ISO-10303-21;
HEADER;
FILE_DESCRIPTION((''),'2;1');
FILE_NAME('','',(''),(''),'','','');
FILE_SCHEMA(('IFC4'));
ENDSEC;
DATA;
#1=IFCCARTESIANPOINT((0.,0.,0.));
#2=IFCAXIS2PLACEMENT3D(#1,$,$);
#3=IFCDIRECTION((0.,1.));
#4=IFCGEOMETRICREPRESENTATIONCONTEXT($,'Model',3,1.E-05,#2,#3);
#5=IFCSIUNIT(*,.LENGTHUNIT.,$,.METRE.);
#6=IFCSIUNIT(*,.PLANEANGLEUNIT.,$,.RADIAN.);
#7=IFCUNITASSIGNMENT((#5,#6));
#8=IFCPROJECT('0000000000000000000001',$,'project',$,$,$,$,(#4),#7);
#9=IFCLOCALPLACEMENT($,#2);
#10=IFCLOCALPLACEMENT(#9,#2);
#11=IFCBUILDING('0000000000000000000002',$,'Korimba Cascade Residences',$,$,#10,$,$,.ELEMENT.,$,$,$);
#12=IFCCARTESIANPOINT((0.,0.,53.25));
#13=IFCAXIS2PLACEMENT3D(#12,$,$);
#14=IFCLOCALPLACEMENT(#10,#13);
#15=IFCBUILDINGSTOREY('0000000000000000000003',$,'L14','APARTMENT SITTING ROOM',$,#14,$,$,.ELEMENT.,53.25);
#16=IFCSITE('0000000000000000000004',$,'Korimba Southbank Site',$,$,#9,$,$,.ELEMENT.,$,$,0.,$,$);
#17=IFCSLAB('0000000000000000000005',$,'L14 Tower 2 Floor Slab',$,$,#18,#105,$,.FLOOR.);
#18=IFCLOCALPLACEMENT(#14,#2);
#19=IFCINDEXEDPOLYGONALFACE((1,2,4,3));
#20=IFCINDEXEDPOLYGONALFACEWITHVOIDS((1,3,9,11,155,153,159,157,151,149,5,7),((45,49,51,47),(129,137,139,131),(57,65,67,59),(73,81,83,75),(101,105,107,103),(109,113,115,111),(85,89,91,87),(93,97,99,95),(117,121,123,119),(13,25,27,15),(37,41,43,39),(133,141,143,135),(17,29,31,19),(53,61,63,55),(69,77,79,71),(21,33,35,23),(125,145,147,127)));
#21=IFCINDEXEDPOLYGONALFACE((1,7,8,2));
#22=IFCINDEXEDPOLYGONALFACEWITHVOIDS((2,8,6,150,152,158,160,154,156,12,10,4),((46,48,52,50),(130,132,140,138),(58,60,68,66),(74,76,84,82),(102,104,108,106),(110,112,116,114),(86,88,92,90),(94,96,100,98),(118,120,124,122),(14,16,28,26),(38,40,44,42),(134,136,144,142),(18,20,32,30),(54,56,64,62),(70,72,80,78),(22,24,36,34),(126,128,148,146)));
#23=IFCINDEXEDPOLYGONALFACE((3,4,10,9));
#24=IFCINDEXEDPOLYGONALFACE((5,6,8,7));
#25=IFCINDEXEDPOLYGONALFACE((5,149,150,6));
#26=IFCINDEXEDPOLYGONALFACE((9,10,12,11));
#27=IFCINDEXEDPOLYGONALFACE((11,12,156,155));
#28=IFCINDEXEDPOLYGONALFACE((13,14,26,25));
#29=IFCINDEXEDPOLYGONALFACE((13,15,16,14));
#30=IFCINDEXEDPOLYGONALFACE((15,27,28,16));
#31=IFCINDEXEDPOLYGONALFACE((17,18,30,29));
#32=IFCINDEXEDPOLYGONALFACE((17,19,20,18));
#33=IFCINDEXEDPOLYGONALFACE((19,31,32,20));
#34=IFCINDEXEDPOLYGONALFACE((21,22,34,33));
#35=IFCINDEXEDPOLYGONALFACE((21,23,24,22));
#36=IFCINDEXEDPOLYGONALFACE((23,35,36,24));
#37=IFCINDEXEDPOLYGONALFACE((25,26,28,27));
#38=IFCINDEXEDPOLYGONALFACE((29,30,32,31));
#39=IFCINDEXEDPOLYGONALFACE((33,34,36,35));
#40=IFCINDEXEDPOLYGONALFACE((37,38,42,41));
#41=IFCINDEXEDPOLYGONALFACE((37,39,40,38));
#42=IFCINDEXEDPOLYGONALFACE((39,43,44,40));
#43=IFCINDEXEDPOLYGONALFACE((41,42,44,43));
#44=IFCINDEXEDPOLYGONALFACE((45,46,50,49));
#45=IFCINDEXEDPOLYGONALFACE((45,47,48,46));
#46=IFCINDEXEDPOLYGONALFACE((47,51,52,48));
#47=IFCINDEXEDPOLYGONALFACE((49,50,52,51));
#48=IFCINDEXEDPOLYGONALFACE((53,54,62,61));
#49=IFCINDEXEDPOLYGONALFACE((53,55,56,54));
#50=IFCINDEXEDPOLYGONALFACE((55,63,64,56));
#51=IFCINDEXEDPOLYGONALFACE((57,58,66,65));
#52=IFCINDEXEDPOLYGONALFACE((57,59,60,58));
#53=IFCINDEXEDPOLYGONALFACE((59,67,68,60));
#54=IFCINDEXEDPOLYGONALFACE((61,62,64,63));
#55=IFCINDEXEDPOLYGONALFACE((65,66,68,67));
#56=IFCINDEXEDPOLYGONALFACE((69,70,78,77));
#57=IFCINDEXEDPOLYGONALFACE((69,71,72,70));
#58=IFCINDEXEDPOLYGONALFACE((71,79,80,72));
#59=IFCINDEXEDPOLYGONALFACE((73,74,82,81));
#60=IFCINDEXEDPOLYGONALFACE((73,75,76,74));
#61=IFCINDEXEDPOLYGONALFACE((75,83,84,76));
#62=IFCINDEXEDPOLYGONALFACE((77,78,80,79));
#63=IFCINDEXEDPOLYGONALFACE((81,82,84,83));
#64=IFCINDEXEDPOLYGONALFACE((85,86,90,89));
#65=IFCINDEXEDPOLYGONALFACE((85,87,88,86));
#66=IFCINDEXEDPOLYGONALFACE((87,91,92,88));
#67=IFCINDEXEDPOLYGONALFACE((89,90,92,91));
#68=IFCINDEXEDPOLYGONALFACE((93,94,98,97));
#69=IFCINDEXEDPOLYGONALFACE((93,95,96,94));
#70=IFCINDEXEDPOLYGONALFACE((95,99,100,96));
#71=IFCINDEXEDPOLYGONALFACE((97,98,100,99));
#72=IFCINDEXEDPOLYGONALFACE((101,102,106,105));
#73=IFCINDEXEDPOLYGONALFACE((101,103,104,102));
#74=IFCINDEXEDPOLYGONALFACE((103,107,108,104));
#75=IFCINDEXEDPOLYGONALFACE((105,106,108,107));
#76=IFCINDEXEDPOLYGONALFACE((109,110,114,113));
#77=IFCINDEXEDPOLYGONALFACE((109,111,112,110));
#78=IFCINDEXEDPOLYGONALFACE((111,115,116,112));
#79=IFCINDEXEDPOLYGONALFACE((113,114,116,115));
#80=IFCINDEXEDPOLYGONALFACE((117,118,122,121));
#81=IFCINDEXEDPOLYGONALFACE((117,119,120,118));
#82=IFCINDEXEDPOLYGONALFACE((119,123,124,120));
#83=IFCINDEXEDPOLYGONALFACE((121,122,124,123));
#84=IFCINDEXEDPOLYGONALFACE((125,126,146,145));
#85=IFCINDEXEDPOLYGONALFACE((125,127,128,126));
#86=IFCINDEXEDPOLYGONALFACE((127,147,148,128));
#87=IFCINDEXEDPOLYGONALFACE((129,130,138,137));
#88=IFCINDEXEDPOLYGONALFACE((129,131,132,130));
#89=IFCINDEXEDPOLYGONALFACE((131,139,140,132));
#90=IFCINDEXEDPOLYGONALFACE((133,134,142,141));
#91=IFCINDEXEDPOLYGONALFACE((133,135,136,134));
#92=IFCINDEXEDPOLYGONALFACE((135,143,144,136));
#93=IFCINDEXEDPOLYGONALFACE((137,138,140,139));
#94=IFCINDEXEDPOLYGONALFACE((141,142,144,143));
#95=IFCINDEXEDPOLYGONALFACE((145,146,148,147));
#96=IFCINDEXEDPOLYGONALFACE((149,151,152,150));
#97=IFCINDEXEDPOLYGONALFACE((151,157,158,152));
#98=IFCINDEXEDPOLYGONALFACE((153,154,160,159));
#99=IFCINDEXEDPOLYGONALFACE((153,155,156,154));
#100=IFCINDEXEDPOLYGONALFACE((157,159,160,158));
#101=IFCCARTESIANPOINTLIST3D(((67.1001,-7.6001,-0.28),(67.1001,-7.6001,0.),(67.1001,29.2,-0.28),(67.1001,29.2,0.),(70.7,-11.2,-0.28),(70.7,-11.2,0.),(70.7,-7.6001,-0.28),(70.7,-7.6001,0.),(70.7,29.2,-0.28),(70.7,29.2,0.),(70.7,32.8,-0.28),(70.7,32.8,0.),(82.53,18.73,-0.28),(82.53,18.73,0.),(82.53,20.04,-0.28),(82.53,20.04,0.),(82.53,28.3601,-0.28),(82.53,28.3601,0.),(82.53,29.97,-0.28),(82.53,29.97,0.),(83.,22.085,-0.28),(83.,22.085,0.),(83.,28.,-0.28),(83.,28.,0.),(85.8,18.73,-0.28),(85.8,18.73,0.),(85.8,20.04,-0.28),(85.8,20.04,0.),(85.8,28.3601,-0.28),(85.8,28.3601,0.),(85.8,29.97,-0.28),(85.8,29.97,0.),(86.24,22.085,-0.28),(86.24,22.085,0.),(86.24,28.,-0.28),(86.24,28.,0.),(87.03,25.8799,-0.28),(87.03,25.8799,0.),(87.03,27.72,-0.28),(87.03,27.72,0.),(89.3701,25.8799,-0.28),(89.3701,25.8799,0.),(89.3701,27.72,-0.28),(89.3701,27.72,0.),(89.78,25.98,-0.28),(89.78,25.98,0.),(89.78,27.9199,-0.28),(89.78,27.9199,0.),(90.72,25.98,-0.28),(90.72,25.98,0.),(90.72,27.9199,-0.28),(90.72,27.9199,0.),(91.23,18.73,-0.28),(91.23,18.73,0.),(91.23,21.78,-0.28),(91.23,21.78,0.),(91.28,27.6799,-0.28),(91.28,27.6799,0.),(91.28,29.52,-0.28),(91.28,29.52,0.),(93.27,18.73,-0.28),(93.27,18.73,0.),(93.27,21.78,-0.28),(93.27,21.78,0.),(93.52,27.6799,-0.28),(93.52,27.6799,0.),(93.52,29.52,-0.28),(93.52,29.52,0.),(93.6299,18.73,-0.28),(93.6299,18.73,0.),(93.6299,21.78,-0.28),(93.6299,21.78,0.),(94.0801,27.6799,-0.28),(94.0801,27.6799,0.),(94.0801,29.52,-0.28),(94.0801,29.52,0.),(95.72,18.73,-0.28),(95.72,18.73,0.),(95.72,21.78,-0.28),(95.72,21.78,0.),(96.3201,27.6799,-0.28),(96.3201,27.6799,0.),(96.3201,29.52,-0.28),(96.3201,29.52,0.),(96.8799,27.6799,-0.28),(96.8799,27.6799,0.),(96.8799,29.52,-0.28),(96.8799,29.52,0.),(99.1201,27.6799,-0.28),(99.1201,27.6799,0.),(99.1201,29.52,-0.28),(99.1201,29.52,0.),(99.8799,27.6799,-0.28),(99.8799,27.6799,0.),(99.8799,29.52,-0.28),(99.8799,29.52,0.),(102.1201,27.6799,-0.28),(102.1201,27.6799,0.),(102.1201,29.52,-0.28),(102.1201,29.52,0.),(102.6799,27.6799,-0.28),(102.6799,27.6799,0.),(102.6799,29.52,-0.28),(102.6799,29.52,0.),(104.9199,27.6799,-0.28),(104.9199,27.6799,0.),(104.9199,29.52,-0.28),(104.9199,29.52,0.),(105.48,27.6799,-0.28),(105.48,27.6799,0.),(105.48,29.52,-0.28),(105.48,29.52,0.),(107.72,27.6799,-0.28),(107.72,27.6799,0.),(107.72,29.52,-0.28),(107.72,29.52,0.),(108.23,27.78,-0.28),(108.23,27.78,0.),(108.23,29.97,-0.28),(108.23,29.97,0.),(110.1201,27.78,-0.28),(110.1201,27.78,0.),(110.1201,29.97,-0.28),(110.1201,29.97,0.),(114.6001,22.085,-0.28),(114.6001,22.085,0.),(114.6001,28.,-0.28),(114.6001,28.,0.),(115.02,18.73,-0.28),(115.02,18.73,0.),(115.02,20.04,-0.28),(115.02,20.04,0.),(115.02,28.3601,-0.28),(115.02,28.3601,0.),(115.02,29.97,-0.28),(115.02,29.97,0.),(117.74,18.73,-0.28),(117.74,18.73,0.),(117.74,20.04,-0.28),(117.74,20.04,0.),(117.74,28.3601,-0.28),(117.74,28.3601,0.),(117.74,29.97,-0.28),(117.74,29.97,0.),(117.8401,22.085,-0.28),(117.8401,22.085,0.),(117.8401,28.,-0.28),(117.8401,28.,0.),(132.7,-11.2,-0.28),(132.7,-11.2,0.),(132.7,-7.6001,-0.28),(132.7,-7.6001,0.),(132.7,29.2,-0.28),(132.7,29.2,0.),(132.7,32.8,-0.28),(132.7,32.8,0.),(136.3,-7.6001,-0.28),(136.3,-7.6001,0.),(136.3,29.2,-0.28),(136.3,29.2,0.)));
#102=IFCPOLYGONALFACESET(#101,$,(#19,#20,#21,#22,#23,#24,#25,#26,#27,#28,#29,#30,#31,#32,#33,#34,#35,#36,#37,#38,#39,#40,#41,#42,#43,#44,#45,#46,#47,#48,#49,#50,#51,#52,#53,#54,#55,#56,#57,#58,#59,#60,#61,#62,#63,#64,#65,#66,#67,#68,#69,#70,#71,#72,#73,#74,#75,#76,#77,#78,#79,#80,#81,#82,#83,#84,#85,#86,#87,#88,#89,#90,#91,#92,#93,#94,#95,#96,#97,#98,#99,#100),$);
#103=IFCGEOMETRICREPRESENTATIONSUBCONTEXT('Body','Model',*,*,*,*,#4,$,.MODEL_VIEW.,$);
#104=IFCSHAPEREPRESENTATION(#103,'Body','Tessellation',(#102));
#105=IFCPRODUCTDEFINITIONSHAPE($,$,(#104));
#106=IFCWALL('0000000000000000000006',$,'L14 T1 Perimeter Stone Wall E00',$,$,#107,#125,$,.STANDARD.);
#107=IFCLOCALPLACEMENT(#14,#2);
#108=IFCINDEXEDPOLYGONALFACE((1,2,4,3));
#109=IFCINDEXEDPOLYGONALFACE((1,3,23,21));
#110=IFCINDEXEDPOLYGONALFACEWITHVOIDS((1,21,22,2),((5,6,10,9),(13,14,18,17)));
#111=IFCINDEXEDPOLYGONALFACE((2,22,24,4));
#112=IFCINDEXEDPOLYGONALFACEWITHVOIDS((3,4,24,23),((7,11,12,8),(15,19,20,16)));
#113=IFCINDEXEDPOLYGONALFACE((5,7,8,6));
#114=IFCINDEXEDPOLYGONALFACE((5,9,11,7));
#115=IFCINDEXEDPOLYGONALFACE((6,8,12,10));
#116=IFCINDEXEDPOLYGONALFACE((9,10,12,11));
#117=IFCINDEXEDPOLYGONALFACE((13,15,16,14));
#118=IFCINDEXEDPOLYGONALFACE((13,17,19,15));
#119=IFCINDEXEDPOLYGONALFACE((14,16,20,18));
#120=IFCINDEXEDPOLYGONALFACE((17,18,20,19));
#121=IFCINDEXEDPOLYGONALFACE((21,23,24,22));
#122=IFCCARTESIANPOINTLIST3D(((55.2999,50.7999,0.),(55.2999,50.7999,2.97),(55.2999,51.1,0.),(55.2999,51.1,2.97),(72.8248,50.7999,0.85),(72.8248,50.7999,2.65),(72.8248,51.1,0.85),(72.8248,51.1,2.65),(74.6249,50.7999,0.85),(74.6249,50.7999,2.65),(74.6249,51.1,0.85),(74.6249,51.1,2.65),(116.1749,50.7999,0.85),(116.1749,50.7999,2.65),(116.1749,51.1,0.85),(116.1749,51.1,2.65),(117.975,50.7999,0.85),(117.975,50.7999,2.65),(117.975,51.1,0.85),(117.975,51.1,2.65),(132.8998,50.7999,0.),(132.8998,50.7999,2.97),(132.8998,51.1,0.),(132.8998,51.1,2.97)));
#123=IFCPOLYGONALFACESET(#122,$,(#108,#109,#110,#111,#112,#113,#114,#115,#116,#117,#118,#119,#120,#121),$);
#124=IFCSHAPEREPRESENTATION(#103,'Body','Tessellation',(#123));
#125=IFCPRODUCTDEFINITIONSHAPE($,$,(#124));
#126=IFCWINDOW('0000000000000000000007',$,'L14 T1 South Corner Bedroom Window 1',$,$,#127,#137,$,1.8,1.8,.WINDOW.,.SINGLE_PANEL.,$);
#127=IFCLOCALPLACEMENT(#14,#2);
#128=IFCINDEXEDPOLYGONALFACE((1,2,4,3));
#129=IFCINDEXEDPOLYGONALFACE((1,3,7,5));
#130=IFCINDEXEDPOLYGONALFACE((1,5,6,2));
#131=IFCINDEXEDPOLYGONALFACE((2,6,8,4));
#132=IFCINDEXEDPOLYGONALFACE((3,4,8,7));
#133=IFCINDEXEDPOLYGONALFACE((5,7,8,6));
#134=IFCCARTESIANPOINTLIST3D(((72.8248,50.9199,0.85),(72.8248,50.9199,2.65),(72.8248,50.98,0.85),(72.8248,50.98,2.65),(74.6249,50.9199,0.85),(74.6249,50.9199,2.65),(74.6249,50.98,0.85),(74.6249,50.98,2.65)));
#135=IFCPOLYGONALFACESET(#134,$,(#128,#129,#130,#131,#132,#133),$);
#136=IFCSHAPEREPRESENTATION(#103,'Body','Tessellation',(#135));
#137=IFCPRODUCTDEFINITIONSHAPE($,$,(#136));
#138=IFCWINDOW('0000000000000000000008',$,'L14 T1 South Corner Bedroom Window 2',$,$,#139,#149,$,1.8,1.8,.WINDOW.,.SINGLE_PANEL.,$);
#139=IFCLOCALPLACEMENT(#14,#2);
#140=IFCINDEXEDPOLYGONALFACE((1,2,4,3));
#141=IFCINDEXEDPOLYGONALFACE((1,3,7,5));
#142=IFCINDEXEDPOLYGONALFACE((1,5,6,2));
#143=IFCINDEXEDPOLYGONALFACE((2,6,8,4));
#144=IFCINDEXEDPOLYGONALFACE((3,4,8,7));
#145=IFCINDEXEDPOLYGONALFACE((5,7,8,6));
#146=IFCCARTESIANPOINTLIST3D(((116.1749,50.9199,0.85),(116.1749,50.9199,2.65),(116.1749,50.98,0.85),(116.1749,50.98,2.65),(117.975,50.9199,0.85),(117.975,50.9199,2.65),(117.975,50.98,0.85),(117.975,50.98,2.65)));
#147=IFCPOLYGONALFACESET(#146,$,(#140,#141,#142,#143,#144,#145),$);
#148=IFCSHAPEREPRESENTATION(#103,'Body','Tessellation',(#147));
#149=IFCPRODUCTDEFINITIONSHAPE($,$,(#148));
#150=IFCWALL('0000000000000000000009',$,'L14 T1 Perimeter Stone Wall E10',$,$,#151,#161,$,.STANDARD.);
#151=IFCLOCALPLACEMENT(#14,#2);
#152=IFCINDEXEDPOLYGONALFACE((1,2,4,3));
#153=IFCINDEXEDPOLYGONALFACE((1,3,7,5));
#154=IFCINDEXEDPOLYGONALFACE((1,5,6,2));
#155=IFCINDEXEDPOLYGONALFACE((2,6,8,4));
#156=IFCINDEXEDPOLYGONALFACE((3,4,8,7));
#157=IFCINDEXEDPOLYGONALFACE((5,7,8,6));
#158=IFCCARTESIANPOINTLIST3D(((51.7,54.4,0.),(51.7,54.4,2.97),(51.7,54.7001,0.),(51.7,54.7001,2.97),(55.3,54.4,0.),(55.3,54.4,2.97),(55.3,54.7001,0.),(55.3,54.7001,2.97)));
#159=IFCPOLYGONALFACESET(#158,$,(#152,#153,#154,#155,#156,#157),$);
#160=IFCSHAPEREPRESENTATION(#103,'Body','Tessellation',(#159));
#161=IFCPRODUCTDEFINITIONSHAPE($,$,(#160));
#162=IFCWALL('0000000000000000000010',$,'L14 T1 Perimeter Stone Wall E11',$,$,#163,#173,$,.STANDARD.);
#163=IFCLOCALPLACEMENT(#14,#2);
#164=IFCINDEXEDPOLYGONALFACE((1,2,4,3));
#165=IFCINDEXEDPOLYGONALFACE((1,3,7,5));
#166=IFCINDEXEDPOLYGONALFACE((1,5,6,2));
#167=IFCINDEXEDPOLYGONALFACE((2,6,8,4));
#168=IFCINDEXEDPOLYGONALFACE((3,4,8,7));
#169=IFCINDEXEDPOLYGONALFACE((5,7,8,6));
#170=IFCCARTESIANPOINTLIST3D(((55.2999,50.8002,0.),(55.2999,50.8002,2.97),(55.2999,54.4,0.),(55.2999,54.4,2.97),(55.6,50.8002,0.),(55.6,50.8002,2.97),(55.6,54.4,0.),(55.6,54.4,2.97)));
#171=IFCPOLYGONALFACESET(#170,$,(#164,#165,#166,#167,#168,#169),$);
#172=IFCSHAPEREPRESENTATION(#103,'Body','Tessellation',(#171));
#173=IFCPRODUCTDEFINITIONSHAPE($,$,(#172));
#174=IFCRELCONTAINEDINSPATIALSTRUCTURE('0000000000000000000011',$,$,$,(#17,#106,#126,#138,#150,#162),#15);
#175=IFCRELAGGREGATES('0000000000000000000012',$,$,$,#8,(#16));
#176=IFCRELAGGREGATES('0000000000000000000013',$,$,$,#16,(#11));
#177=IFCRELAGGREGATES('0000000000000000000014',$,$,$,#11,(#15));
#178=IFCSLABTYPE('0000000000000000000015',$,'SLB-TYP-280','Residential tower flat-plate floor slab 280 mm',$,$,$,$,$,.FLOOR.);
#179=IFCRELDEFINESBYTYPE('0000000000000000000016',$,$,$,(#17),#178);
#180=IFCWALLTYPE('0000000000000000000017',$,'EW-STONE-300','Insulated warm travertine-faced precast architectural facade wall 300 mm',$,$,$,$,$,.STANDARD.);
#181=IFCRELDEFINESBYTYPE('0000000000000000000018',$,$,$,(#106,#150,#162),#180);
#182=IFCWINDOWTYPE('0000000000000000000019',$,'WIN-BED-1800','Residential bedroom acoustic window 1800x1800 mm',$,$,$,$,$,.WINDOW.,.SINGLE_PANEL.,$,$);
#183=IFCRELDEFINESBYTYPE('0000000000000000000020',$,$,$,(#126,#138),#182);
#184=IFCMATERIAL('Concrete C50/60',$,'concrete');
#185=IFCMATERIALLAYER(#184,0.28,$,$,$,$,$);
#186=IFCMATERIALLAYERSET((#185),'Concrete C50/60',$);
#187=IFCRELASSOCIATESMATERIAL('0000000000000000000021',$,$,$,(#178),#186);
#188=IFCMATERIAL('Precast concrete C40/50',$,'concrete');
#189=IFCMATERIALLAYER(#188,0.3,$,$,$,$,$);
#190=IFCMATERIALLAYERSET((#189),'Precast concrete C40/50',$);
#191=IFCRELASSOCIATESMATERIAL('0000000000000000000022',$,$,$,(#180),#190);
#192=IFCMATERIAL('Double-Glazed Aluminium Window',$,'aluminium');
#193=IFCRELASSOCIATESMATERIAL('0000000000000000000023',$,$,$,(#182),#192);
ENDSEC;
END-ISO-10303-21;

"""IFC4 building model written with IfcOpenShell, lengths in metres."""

from ifc_helpers import new_model, si_unit, direction, frame, frame_2d, origin, place, context, subcontext, project, spatial, polyline, rectangle, outline, extrude, material, layer, layer_set, type_object, element, fill, save


model = new_model("IFC4")

# Units and contexts
model_context = context("Model", 3, precision=1e-05, world=origin(), true_north=direction((0.0, 1.0)))
body_context = subcontext(model_context, "Body", "Model", "MODEL_VIEW")
ifc_project = project(units=[si_unit("LENGTHUNIT", "METRE"), si_unit("PLANEANGLEUNIT", "RADIAN")], contexts=[model_context])

# Site, building, storey
site_placement = place(None, origin())
site = spatial("IfcSite", under=ifc_project, at=site_placement, Name="Korimba Southbank Site", CompositionType="ELEMENT", RefElevation=0.0)
building_placement = place(site_placement, origin())
building = spatial("IfcBuilding", under=site, at=building_placement, Name="Korimba Cascade Residences", CompositionType="ELEMENT")
storey_placement = place(building_placement, frame((0.0, 0.0, 53.25)))
storey = spatial("IfcBuildingStorey", under=building, at=storey_placement, Name="L14", Description="APARTMENT SITTING ROOM", CompositionType="ELEMENT", Elevation=53.25)

# Shared definitions
ifc_material_1 = material(Name="Concrete C50/60", Category="concrete")

# Slab
ifc_material_2 = material(Name="Precast concrete C40/50", Category="concrete")
ifc_layer_1 = layer(ifc_material_1, 0.28)
ifc_layer_set_1 = layer_set([ifc_layer_1], Name="Concrete C50/60")
slab_type_1 = type_object("IfcSlabType", Name="SLB-TYP-280", Description="Residential tower flat-plate floor slab 280 mm", PredefinedType="FLOOR", material=ifc_layer_set_1)
slab_1_placement = place(storey_placement, frame((0.0, 0.0, -0.28)))
element("IfcSlab", 1, at=slab_1_placement, inside=storey, type_object=slab_type_1, Name="L14 Tower 2 Floor Slab", PredefinedType="FLOOR", context=body_context, shape_type="SweptSolid", body=[
    extrude(outline(polyline([(70.7, -11.2), (132.7, -11.2), (132.7, -7.6001), (136.3, -7.6001), (136.3, 29.2), (132.7, 29.2), (132.7, 32.8), (70.7, 32.8), (70.7, 29.2), (67.1001, 29.2), (67.1001, -7.6001), (70.7, -7.6001), (70.7, -11.2)]), holes=[polyline([(86.24, 22.085), (86.24, 28.0), (83.0, 28.0), (83.0, 22.085), (86.24, 22.085)]), polyline([(117.8401, 22.085), (117.8401, 28.0), (114.6001, 28.0), (114.6001, 22.085), (117.8401, 22.085)]), polyline([(87.03, 25.8799), (89.3701, 25.8799), (89.3701, 27.72), (87.03, 27.72), (87.03, 25.8799)]), polyline([(91.28, 27.6799), (93.52, 27.6799), (93.52, 29.52), (91.28, 29.52), (91.28, 27.6799)]), polyline([(94.0801, 27.6799), (96.3201, 27.6799), (96.3201, 29.52), (94.0801, 29.52), (94.0801, 27.6799)]), polyline([(96.8799, 27.6799), (99.1201, 27.6799), (99.1201, 29.52), (96.8799, 29.52), (96.8799, 27.6799)]), polyline([(99.8799, 27.6799), (102.1201, 27.6799), (102.1201, 29.52), (99.8799, 29.52), (99.8799, 27.6799)]), polyline([(102.6799, 27.6799), (104.9199, 27.6799), (104.9199, 29.52), (102.6799, 29.52), (102.6799, 27.6799)]), polyline([(105.48, 27.6799), (107.72, 27.6799), (107.72, 29.52), (105.48, 29.52), (105.48, 27.6799)]), polyline([(89.78, 25.98), (90.72, 25.98), (90.72, 27.9199), (89.78, 27.9199), (89.78, 25.98)]), polyline([(82.53, 18.73), (85.8, 18.73), (85.8, 20.04), (82.53, 20.04), (82.53, 18.73)]), polyline([(82.53, 28.3601), (85.8, 28.3601), (85.8, 29.97), (82.53, 29.97), (82.53, 28.3601)]), polyline([(108.23, 27.78), (110.1201, 27.78), (110.1201, 29.97), (108.23, 29.97), (108.23, 27.78)]), polyline([(91.23, 18.73), (93.27, 18.73), (93.27, 21.78), (91.23, 21.78), (91.23, 18.73)]), polyline([(93.6299, 18.73), (95.72, 18.73), (95.72, 21.78), (93.6299, 21.78), (93.6299, 18.73)]), polyline([(115.02, 18.73), (117.74, 18.73), (117.74, 20.04), (115.02, 20.04), (115.02, 18.73)]), polyline([(115.02, 28.3601), (117.74, 28.3601), (117.74, 29.97), (115.02, 29.97), (115.02, 28.3601)])]), origin(), (0.0, 0.0, 1.0), 0.28),
])

# Wall, openings, windows
ifc_layer_2 = layer(ifc_material_2, 0.3)
ifc_layer_set_2 = layer_set([ifc_layer_2], Name="Precast concrete C40/50")
wall_type_1 = type_object("IfcWallType", Name="EW-STONE-300", Description="Insulated warm travertine-faced precast architectural facade wall 300 mm", PredefinedType="STANDARD", material=ifc_layer_set_2)
wall_1_placement = place(storey_placement, frame((55.3, 50.95, 0.0), z_axis=(0.0, 0.0, 1.0), x_axis=(1.0, 0.0, 0.0)))
wall_1 = element("IfcWall", 2, at=wall_1_placement, inside=storey, type_object=wall_type_1, Name="L14 T1 Perimeter Stone Wall E00", PredefinedType="STANDARD", context=body_context, shape_type="SweptSolid", body=[
    extrude(rectangle(XDim=77.5999, YDim=0.3, at=frame_2d((38.7998, 0.0))), origin(), (0.0, 0.0, 1.0), 2.97),
])
opening_1_placement = place(wall_1_placement, frame((17.5249, 0.0, 0.8501)))
opening_1 = element("IfcOpeningElement", 3, at=opening_1_placement, cuts=wall_1, PredefinedType="OPENING", context=body_context, shape_type="SweptSolid", body=[
    extrude(rectangle(XDim=1.8, YDim=1.8, at=frame_2d((0.8999, 0.8999))), frame((0.0, 0.1602, 0.0), z_axis=(0.0, -1.0, 0.0), x_axis=(1.0, 0.0, 0.0)), (0.0, 0.0, 1.0), 0.3201),
])
opening_2_placement = place(wall_1_placement, frame((60.875, 0.0, 0.8501)))
opening_2 = element("IfcOpeningElement", 4, at=opening_2_placement, cuts=wall_1, PredefinedType="OPENING", context=body_context, shape_type="SweptSolid", body=[
    extrude(rectangle(XDim=1.8, YDim=1.8, at=frame_2d((0.8999, 0.8999))), frame((0.0, 0.1602, 0.0), z_axis=(0.0, -1.0, 0.0), x_axis=(1.0, 0.0, 0.0)), (0.0, 0.0, 1.0), 0.3201),
])
ifc_material_3 = material(Name="Double-Glazed Aluminium Window", Category="aluminium")
window_type = type_object("IfcWindowType", Name="WIN-BED-1800", Description="Residential bedroom acoustic window 1800x1800 mm", PartitioningType="SINGLE_PANEL", PredefinedType="WINDOW", material=ifc_material_3)
window_1_placement = place(opening_1_placement, origin())
window_1 = element("IfcWindow", 5, at=window_1_placement, inside=storey, type_object=window_type, Name="L14 T1 South Corner Bedroom Window 1", OverallHeight=1.8, OverallWidth=1.8, PartitioningType="SINGLE_PANEL", PredefinedType="WINDOW", context=body_context, shape_type="SweptSolid", body=[
    extrude(rectangle(XDim=1.8, YDim=1.8, at=frame_2d((0.8999, 0.8999))), frame((0.0, 0.03, 0.0), z_axis=(0.0, -1.0, 0.0), x_axis=(1.0, 0.0, 0.0)), (0.0, 0.0, 1.0), 0.0601),
])
fill(opening_1, window_1)
window_2_placement = place(opening_2_placement, origin())
window_2 = element("IfcWindow", 6, at=window_2_placement, inside=storey, type_object=window_type, Name="L14 T1 South Corner Bedroom Window 2", OverallHeight=1.8, OverallWidth=1.8, PartitioningType="SINGLE_PANEL", PredefinedType="WINDOW", context=body_context, shape_type="SweptSolid", body=[
    extrude(rectangle(XDim=1.8, YDim=1.8, at=frame_2d((0.8999, 0.8999))), frame((0.0, 0.03, 0.0), z_axis=(0.0, -1.0, 0.0), x_axis=(1.0, 0.0, 0.0)), (0.0, 0.0, 1.0), 0.0601),
])
fill(opening_2, window_2)

# Walls
wall_2_placement = place(storey_placement, frame((51.7, 54.55, 0.0), z_axis=(0.0, 0.0, 1.0), x_axis=(1.0, 0.0, 0.0)))
element("IfcWall", 7, at=wall_2_placement, inside=storey, type_object=wall_type_1, Name="L14 T1 Perimeter Stone Wall E10", PredefinedType="STANDARD", context=body_context, shape_type="SweptSolid", body=[
    extrude(rectangle(XDim=3.6001, YDim=0.3, at=frame_2d((1.8, 0.0))), origin(), (0.0, 0.0, 1.0), 2.97),
])
wall_3_placement = place(storey_placement, frame((55.45, 54.3999, 0.0), z_axis=(0.0, 0.0, 1.0), x_axis=(0.0, -1.0, 0.0)))
element("IfcWall", 8, at=wall_3_placement, inside=storey, type_object=wall_type_1, Name="L14 T1 Perimeter Stone Wall E11", PredefinedType="STANDARD", context=body_context, shape_type="SweptSolid", body=[
    extrude(rectangle(XDim=3.5999, YDim=0.3, at=frame_2d((1.7998, 0.0))), origin(), (0.0, 0.0, 1.0), 2.97),
])

save(model, "model.ifc")
